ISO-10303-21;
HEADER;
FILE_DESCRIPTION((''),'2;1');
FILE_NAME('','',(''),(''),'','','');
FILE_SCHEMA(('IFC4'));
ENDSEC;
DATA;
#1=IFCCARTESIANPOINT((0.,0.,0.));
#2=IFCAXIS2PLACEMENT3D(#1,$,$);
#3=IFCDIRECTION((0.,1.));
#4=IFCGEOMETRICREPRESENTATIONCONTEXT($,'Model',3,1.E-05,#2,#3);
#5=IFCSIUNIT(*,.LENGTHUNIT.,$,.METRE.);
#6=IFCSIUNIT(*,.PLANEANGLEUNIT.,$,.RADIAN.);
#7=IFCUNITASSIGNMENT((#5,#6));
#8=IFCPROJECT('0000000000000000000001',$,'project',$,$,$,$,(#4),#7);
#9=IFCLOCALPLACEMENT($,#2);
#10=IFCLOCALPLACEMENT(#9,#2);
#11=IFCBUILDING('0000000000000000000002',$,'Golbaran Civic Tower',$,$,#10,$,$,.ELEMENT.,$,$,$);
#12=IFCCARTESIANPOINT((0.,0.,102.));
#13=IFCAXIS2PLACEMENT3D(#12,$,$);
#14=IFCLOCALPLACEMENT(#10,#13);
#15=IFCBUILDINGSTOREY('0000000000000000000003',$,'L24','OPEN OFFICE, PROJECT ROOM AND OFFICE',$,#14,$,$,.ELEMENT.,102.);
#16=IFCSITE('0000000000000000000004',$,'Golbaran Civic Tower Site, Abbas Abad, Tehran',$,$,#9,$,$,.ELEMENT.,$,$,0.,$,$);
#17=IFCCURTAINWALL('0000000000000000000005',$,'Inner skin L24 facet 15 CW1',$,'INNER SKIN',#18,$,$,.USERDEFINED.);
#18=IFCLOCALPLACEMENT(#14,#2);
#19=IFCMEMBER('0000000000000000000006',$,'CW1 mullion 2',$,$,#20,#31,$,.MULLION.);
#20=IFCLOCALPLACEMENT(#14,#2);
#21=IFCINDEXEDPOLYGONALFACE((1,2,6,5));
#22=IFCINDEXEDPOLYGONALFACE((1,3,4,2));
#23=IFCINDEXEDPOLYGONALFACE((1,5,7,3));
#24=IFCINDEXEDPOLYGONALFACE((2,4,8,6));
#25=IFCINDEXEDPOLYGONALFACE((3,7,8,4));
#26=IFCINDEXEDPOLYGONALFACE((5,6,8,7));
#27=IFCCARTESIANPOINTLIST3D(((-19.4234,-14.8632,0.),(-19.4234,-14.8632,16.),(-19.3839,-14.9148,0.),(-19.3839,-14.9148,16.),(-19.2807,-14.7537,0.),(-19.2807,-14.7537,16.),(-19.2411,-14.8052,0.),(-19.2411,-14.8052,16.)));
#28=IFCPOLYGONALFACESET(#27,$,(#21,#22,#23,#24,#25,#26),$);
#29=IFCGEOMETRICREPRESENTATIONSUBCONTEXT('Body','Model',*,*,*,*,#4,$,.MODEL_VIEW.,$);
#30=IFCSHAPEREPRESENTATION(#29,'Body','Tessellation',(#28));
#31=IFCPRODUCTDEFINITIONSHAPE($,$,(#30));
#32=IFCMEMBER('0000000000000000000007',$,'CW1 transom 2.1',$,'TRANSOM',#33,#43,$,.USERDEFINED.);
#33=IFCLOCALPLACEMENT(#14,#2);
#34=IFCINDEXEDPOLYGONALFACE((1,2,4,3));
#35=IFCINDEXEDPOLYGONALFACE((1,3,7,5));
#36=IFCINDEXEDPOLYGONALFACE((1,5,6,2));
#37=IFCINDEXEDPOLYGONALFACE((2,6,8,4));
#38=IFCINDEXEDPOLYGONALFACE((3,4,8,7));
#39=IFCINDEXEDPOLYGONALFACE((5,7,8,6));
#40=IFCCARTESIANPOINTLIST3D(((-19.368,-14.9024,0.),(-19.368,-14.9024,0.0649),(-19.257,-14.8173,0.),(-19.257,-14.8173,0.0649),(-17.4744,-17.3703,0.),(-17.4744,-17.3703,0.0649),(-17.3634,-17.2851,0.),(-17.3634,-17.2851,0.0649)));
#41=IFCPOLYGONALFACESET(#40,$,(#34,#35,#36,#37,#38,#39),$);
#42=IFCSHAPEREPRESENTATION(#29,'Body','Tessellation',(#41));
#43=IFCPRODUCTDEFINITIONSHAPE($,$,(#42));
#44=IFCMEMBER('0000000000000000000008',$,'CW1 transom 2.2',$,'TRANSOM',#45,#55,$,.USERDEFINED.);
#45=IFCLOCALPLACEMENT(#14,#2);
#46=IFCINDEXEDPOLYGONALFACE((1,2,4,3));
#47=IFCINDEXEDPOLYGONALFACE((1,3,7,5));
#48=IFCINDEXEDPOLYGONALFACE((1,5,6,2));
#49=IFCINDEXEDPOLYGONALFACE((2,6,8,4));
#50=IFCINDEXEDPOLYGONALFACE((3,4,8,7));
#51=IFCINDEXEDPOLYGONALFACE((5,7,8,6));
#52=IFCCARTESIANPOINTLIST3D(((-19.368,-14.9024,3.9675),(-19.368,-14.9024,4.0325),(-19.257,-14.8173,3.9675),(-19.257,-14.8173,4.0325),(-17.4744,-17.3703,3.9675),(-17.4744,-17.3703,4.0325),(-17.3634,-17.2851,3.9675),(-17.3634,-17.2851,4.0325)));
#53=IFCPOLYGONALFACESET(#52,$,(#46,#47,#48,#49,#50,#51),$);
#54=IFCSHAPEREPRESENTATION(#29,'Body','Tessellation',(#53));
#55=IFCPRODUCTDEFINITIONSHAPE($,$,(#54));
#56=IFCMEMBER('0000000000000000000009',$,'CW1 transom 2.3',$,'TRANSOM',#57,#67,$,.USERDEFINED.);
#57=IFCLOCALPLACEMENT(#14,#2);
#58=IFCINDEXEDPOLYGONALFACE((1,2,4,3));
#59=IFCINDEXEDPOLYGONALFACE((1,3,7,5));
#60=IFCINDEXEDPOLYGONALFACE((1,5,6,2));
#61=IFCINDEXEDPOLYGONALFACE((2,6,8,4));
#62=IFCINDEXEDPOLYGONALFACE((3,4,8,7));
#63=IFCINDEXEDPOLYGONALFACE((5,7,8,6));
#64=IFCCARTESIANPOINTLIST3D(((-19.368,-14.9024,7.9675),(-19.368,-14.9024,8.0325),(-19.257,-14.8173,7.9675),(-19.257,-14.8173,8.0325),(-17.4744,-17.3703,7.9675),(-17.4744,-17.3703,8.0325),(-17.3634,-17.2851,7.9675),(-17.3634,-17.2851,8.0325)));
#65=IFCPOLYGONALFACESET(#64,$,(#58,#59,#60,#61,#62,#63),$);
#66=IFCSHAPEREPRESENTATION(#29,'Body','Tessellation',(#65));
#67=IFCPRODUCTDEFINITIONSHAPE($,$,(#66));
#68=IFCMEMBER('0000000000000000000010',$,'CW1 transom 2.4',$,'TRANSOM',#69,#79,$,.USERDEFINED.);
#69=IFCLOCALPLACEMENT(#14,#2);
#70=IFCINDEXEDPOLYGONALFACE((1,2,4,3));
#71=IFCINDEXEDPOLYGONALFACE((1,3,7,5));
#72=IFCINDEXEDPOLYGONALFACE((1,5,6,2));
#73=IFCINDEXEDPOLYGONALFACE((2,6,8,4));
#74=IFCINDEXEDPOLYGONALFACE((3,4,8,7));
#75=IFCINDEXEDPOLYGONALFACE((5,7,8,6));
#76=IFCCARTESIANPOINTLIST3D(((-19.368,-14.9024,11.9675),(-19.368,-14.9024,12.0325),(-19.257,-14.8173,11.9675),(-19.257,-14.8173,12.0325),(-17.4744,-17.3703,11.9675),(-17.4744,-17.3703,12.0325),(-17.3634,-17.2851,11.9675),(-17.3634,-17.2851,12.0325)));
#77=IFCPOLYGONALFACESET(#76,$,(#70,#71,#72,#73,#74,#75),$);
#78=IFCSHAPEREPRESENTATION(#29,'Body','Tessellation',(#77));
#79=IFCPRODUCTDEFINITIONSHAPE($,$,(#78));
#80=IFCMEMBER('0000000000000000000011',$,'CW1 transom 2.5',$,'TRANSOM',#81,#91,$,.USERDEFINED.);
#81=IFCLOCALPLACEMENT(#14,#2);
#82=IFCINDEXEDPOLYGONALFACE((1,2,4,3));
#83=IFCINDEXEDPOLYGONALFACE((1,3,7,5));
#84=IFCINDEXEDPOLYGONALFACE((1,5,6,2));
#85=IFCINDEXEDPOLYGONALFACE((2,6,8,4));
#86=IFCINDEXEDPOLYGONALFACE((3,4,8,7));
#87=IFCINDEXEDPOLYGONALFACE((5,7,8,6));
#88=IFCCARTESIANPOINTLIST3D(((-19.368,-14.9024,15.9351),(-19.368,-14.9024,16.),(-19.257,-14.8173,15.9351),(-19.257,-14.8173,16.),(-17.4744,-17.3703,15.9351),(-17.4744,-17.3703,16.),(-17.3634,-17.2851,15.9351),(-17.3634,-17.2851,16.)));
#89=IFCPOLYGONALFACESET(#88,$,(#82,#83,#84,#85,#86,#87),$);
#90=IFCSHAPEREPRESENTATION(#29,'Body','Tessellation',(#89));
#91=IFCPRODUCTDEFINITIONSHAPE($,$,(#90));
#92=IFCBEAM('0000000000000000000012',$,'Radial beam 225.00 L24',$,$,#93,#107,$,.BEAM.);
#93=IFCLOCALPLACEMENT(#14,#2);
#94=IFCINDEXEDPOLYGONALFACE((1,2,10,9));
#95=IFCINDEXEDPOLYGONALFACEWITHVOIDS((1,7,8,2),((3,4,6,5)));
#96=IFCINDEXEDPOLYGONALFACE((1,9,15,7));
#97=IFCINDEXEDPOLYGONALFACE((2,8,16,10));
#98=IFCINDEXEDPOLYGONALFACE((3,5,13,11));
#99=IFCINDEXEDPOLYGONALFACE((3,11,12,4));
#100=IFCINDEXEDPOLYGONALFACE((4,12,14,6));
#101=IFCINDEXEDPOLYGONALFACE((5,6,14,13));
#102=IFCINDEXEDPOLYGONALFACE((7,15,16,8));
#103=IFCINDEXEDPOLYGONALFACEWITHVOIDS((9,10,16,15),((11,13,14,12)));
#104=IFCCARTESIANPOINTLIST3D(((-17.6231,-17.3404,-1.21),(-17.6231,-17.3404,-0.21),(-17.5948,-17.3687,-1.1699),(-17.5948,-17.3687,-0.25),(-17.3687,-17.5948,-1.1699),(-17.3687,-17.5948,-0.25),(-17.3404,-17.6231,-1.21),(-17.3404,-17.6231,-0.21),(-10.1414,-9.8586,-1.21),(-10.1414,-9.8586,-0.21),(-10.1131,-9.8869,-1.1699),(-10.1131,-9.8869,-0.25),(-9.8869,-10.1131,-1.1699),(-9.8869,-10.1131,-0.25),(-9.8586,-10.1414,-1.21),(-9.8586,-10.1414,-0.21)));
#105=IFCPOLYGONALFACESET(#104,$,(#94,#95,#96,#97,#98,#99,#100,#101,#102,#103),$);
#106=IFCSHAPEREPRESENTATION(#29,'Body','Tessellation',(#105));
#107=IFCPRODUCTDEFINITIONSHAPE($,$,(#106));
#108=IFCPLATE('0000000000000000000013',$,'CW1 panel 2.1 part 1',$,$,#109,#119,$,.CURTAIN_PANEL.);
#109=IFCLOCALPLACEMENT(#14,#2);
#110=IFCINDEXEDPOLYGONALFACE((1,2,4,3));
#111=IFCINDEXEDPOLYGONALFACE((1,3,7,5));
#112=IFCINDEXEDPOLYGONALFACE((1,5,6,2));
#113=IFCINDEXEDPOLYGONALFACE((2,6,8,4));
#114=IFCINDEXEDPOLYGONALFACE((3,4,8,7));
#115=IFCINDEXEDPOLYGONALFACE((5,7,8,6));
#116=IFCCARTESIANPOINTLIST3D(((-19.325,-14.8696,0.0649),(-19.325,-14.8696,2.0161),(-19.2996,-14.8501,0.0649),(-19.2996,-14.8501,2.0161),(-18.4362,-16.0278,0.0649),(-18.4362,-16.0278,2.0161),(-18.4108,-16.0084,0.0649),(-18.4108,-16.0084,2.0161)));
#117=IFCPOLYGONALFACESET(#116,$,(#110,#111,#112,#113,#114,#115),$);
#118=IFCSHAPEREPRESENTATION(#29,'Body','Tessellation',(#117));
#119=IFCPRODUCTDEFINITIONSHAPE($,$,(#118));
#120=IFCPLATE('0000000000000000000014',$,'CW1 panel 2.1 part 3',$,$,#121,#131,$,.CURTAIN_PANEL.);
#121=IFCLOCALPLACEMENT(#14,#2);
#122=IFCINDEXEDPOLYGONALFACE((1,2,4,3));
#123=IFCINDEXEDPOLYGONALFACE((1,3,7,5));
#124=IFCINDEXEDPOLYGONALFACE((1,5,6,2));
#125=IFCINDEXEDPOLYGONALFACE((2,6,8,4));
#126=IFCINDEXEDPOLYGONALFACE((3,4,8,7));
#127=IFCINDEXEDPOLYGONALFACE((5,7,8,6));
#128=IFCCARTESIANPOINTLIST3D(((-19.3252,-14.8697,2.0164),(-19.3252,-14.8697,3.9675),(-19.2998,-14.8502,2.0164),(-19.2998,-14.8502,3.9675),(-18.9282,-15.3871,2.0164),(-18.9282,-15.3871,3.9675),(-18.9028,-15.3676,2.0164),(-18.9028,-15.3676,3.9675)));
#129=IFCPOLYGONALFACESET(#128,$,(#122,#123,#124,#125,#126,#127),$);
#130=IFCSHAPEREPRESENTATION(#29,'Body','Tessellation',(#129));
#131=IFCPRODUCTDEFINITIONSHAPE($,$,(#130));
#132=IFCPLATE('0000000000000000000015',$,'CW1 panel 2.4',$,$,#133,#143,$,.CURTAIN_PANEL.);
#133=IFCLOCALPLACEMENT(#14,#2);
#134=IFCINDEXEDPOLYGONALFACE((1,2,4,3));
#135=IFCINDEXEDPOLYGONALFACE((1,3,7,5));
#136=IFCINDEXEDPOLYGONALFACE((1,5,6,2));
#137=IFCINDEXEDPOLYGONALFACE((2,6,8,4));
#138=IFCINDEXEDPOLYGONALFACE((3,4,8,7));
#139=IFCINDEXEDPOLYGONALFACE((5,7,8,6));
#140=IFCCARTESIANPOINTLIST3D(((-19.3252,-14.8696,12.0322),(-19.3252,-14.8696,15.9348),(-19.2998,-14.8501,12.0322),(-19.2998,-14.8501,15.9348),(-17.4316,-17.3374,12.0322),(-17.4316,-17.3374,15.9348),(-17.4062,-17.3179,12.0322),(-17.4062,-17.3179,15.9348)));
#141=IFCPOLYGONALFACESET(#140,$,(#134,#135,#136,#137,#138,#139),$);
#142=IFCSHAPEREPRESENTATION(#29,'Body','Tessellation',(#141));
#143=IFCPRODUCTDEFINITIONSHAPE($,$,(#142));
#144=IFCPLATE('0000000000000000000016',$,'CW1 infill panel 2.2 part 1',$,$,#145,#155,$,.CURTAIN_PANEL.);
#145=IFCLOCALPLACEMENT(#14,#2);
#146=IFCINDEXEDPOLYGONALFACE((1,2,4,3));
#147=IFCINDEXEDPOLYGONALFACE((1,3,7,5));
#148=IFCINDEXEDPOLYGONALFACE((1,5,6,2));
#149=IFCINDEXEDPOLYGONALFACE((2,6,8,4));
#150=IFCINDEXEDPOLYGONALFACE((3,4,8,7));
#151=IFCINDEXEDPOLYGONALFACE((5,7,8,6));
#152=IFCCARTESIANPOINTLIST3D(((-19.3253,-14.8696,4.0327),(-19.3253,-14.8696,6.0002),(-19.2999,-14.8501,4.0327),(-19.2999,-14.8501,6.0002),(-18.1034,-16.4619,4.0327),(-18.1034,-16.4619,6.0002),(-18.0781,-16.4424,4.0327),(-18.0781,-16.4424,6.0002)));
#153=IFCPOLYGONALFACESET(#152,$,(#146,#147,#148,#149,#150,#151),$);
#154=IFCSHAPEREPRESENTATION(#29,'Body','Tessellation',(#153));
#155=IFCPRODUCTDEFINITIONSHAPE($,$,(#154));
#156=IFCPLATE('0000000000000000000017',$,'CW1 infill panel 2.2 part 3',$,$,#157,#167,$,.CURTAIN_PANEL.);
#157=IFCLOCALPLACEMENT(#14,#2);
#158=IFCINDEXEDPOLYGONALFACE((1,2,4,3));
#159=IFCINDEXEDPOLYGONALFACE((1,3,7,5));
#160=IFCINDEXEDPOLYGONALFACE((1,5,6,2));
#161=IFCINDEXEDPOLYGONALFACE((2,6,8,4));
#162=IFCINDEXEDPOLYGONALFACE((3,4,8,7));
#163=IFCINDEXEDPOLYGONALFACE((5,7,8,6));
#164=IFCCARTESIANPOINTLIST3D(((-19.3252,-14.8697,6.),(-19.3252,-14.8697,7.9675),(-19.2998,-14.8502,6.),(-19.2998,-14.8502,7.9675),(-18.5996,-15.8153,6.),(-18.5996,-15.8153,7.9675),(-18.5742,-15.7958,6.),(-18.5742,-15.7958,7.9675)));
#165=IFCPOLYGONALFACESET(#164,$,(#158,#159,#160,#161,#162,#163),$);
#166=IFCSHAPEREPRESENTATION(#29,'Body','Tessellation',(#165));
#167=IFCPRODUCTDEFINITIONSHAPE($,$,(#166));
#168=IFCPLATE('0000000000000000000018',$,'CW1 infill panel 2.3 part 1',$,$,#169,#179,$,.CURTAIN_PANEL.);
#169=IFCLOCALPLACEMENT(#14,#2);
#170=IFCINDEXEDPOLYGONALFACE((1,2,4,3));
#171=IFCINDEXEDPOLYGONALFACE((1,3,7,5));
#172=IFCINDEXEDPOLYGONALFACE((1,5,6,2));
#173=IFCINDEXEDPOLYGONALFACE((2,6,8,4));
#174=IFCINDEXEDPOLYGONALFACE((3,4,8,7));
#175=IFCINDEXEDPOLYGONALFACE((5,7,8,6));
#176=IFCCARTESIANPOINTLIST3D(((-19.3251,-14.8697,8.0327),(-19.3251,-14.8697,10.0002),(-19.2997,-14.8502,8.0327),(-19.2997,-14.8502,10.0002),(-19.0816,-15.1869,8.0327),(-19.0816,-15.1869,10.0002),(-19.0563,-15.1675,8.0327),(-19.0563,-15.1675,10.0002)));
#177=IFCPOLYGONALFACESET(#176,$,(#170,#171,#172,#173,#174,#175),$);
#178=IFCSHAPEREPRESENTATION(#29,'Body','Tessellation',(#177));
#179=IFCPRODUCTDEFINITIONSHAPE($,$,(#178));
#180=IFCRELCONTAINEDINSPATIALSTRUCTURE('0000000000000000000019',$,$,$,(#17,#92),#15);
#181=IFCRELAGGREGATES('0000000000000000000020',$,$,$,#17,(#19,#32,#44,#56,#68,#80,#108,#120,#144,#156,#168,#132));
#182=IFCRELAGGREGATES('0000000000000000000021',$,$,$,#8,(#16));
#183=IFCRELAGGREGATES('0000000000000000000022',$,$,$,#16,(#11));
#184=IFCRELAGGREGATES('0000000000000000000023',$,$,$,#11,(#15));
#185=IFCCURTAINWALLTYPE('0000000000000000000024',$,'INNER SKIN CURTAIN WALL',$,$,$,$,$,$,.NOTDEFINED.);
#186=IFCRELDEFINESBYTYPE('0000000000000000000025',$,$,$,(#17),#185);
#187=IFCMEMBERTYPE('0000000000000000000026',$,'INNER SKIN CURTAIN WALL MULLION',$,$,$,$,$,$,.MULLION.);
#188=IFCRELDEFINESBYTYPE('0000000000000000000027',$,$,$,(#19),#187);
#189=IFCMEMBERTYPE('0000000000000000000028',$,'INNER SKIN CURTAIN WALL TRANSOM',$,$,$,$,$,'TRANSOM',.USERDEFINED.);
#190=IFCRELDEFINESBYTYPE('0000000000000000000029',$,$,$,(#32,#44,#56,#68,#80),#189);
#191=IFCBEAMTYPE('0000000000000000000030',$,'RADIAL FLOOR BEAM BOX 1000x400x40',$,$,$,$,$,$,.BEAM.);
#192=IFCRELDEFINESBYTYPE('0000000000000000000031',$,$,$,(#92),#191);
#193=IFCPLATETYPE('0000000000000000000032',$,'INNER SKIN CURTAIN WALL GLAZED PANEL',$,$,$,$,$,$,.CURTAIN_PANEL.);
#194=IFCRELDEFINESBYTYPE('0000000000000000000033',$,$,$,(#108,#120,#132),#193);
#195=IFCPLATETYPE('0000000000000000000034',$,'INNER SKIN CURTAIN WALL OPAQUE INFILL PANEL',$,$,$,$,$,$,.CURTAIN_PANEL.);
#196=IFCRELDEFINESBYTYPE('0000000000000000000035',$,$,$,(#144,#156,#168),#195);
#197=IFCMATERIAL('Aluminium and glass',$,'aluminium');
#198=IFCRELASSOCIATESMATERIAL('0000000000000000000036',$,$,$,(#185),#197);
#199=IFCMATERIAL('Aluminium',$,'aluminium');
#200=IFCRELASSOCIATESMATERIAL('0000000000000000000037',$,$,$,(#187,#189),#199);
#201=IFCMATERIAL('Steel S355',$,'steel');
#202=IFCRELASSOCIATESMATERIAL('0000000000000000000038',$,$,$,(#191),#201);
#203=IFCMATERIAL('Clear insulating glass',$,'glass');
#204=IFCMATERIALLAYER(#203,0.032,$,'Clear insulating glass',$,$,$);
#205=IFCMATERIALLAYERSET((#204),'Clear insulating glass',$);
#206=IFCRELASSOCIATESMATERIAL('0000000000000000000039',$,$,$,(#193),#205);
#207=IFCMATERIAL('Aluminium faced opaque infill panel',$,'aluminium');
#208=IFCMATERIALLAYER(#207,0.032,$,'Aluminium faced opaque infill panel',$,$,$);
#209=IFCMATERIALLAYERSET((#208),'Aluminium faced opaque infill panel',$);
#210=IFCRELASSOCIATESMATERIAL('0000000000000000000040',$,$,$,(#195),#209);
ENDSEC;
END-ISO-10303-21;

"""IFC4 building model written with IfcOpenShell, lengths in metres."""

from ifc_helpers import new_model, si_unit, direction, frame, origin, origin_2d, place, context, subcontext, project, spatial, rectangle, hollow_rectangle, extrude, material, layer, layer_set, material_profile, profile_set, type_object, element, aggregate, save


model = new_model("IFC4")

# Units and contexts
model_context = context("Model", 3, precision=1e-05, world=origin(), true_north=direction((0.0, 1.0)))
body_context = subcontext(model_context, "Body", "Model", "MODEL_VIEW")
ifc_project = project(units=[si_unit("LENGTHUNIT", "METRE"), si_unit("PLANEANGLEUNIT", "RADIAN")], contexts=[model_context])

# Site, building, storey
site_placement = place(None, origin())
site = spatial("IfcSite", under=ifc_project, at=site_placement, Name="Golbaran Civic Tower Site, Abbas Abad, Tehran", CompositionType="ELEMENT", RefElevation=0.0)
building_placement = place(site_placement, origin())
building = spatial("IfcBuilding", under=site, at=building_placement, Name="Golbaran Civic Tower", CompositionType="ELEMENT")
storey_placement = place(building_placement, frame((0.0, 0.0, 102.0)))
storey = spatial("IfcBuildingStorey", under=building, at=storey_placement, Name="L24", Description="OPEN OFFICE, PROJECT ROOM AND OFFICE", CompositionType="ELEMENT", Elevation=102.0)

# Shared definitions
ifc_material_1 = material(Name="Steel S355", Category="steel")

# Curtain wall, members
ifc_material_2 = material(Name="Aluminium and glass", Category="aluminium")
curtain_wall_type = type_object("IfcCurtainWallType", Name="INNER SKIN CURTAIN WALL", PredefinedType="NOTDEFINED", material=ifc_material_2)
curtain_wall_placement = place(storey_placement, origin())
curtain_wall = element("IfcCurtainWall", 1, at=curtain_wall_placement, inside=storey, type_object=curtain_wall_type, Name="Inner skin L24 facet 15 CW1", ObjectType="INNER SKIN", PredefinedType="USERDEFINED")
ifc_material_3 = material(Name="Aluminium", Category="aluminium")
ifc_material_profile_1 = material_profile(ifc_material_3, rectangle(XDim=0.1799, YDim=0.0649, at=origin_2d()), Name="INNER SKIN CURTAIN WALL MULLION")
ifc_profile_set_1 = profile_set([ifc_material_profile_1], Name="Aluminium")
member_type_1 = type_object("IfcMemberType", Name="INNER SKIN CURTAIN WALL MULLION", PredefinedType="MULLION", material=ifc_profile_set_1)
member_1_placement = place(storey_placement, frame((-19.3323, -14.8342, 0.0), z_axis=(0.0, 0.0, 1.0), x_axis=(0.793353, 0.608761, 0.0)))
member_1 = element("IfcMember", 2, at=member_1_placement, type_object=member_type_1, Name="CW1 mullion 2", PredefinedType="MULLION", context=body_context, shape_type="SweptSolid", body=[
    extrude(rectangle(XDim=0.1799, YDim=0.0649, at=origin_2d()), origin(), (0.0, 0.0, 1.0), 16.0),
])
ifc_material_profile_2 = material_profile(ifc_material_3, rectangle(XDim=0.1399, YDim=0.0649, at=origin_2d()), Name="INNER SKIN CURTAIN WALL TRANSOM")
ifc_profile_set_2 = profile_set([ifc_material_profile_2], Name="Aluminium")
member_type_2 = type_object("IfcMemberType", Name="INNER SKIN CURTAIN WALL TRANSOM", ElementType="TRANSOM", PredefinedType="USERDEFINED", material=ifc_profile_set_2)
member_2_placement = place(storey_placement, frame((-19.3125, -14.8599, 0.0325), z_axis=(0.608754, -0.793359, 0.0), x_axis=(0.793359, 0.608754, 0.0)))
member_2 = element("IfcMember", 3, at=member_2_placement, type_object=member_type_2, Name="CW1 transom 2.1", ObjectType="TRANSOM", PredefinedType="USERDEFINED", context=body_context, shape_type="SweptSolid", body=[
    extrude(rectangle(XDim=0.1399, YDim=0.0649, at=origin_2d()), origin(), (0.0, 0.0, 1.0), 3.1106),
])
member_3_placement = place(storey_placement, frame((-19.3125, -14.8599, 4.0), z_axis=(0.608754, -0.793359, 0.0), x_axis=(0.793359, 0.608754, 0.0)))
member_3 = element("IfcMember", 4, at=member_3_placement, type_object=member_type_2, Name="CW1 transom 2.2", ObjectType="TRANSOM", PredefinedType="USERDEFINED", context=body_context, shape_type="SweptSolid", body=[
    extrude(rectangle(XDim=0.1399, YDim=0.0649, at=origin_2d()), origin(), (0.0, 0.0, 1.0), 3.1106),
])
member_4_placement = place(storey_placement, frame((-19.3125, -14.8599, 8.0), z_axis=(0.608754, -0.793359, 0.0), x_axis=(0.793359, 0.608754, 0.0)))
member_4 = element("IfcMember", 5, at=member_4_placement, type_object=member_type_2, Name="CW1 transom 2.3", ObjectType="TRANSOM", PredefinedType="USERDEFINED", context=body_context, shape_type="SweptSolid", body=[
    extrude(rectangle(XDim=0.1399, YDim=0.0649, at=origin_2d()), origin(), (0.0, 0.0, 1.0), 3.1106),
])
member_5_placement = place(storey_placement, frame((-19.3125, -14.8599, 12.0), z_axis=(0.608754, -0.793359, 0.0), x_axis=(0.793359, 0.608754, 0.0)))
member_5 = element("IfcMember", 6, at=member_5_placement, type_object=member_type_2, Name="CW1 transom 2.4", ObjectType="TRANSOM", PredefinedType="USERDEFINED", context=body_context, shape_type="SweptSolid", body=[
    extrude(rectangle(XDim=0.1399, YDim=0.0649, at=origin_2d()), origin(), (0.0, 0.0, 1.0), 3.1106),
])
member_6_placement = place(storey_placement, frame((-19.3125, -14.8599, 15.9675), z_axis=(0.608754, -0.793359, 0.0), x_axis=(0.793359, 0.608754, 0.0)))
member_6 = element("IfcMember", 7, at=member_6_placement, type_object=member_type_2, Name="CW1 transom 2.5", ObjectType="TRANSOM", PredefinedType="USERDEFINED", context=body_context, shape_type="SweptSolid", body=[
    extrude(rectangle(XDim=0.1399, YDim=0.0649, at=origin_2d()), origin(), (0.0, 0.0, 1.0), 3.1106),
])

# Beam
ifc_material_profile_3 = material_profile(ifc_material_1, hollow_rectangle(XDim=0.3999, YDim=1.0, WallThickness=0.04, at=origin_2d()), Name="BOX 1000x400x40")
ifc_profile_set_3 = profile_set([ifc_material_profile_3], Name="Steel S355")
beam_type_1 = type_object("IfcBeamType", Name="RADIAL FLOOR BEAM BOX 1000x400x40", PredefinedType="BEAM", material=ifc_profile_set_3)
beam_1_placement = place(storey_placement, frame((-10.0, -10.0, -0.71), z_axis=(-0.707107, -0.707107, 0.0), x_axis=(0.707107, -0.707107, 0.0)))
element("IfcBeam", 8, at=beam_1_placement, inside=storey, type_object=beam_type_1, Name="Radial beam 225.00 L24", PredefinedType="BEAM", context=body_context, shape_type="SweptSolid", body=[
    extrude(hollow_rectangle(XDim=0.3999, YDim=1.0, WallThickness=0.04, at=origin_2d()), origin(), (0.0, 0.0, 1.0), 10.5808),
])

# Plates
ifc_material_4 = material(Name="Clear insulating glass", Category="glass")
ifc_layer_1 = layer(ifc_material_4, 0.032, Name="Clear insulating glass")
ifc_layer_set_1 = layer_set([ifc_layer_1], Name="Clear insulating glass")
plate_type_1 = type_object("IfcPlateType", Name="INNER SKIN CURTAIN WALL GLAZED PANEL", PredefinedType="CURTAIN_PANEL", material=ifc_layer_set_1)
plate_1_placement = place(storey_placement, frame((-18.8679, -15.439, 0.0649), z_axis=(0.0, 0.0, 1.0), x_axis=(0.608761, -0.793353, 0.0)))
plate_1 = element("IfcPlate", 9, at=plate_1_placement, type_object=plate_type_1, Name="CW1 panel 2.1 part 1", PredefinedType="CURTAIN_PANEL", context=body_context, shape_type="SweptSolid", body=[
    extrude(rectangle(XDim=1.46, YDim=0.032, at=origin_2d()), origin(), (0.0, 0.0, 1.0), 1.9512),
])
plate_2_placement = place(storey_placement, frame((-19.114, -15.1187, 2.0164), z_axis=(0.0, 0.0, 1.0), x_axis=(0.608761, -0.793353, 0.0)))
plate_2 = element("IfcPlate", 10, at=plate_2_placement, type_object=plate_type_1, Name="CW1 panel 2.1 part 3", PredefinedType="CURTAIN_PANEL", context=body_context, shape_type="SweptSolid", body=[
    extrude(rectangle(XDim=0.6521, YDim=0.032, at=origin_2d()), origin(), (0.0, 0.0, 1.0), 1.9512),
])
plate_3_placement = place(storey_placement, frame((-18.3657, -16.0938, 12.0322), z_axis=(0.0, 0.0, 1.0), x_axis=(0.608761, -0.793353, 0.0)))
plate_3 = element("IfcPlate", 11, at=plate_3_placement, type_object=plate_type_1, Name="CW1 panel 2.4", PredefinedType="CURTAIN_PANEL", context=body_context, shape_type="SweptSolid", body=[
    extrude(rectangle(XDim=3.1106, YDim=0.032, at=origin_2d()), origin(), (0.0, 0.0, 1.0), 3.9026),
])
ifc_material_5 = material(Name="Aluminium faced opaque infill panel", Category="aluminium")
ifc_layer_2 = layer(ifc_material_5, 0.032, Name="Aluminium faced opaque infill panel")
ifc_layer_set_2 = layer_set([ifc_layer_2], Name="Aluminium faced opaque infill panel")
plate_type_2 = type_object("IfcPlateType", Name="INNER SKIN CURTAIN WALL OPAQUE INFILL PANEL", PredefinedType="CURTAIN_PANEL", material=ifc_layer_set_2)
plate_4_placement = place(storey_placement, frame((-18.7017, -15.656, 4.0327), z_axis=(0.0, 0.0, 1.0), x_axis=(0.608761, -0.793353, 0.0)))
plate_4 = element("IfcPlate", 12, at=plate_4_placement, type_object=plate_type_2, Name="CW1 infill panel 2.2 part 1", PredefinedType="CURTAIN_PANEL", context=body_context, shape_type="SweptSolid", body=[
    extrude(rectangle(XDim=2.0071, YDim=0.032, at=origin_2d()), origin(), (0.0, 0.0, 1.0), 1.9675),
])
plate_5_placement = place(storey_placement, frame((-18.9497, -15.3328, 6.0), z_axis=(0.0, 0.0, 1.0), x_axis=(0.608761, -0.793353, 0.0)))
plate_5 = element("IfcPlate", 13, at=plate_5_placement, type_object=plate_type_2, Name="CW1 infill panel 2.2 part 3", PredefinedType="CURTAIN_PANEL", context=body_context, shape_type="SweptSolid", body=[
    extrude(rectangle(XDim=1.1919, YDim=0.032, at=origin_2d()), origin(), (0.0, 0.0, 1.0), 1.9675),
])
plate_6_placement = place(storey_placement, frame((-19.1907, -15.0186, 8.0327), z_axis=(0.0, 0.0, 1.0), x_axis=(0.608761, -0.793353, 0.0)))
plate_6 = element("IfcPlate", 14, at=plate_6_placement, type_object=plate_type_2, Name="CW1 infill panel 2.3 part 1", PredefinedType="CURTAIN_PANEL", context=body_context, shape_type="SweptSolid", body=[
    extrude(rectangle(XDim=0.3999, YDim=0.032, at=origin_2d()), origin(), (0.0, 0.0, 1.0), 1.9675),
])
aggregate(curtain_wall, [member_1, member_2, member_3, member_4, member_5, member_6, plate_1, plate_2, plate_4, plate_5, plate_6, plate_3])

save(model, "model.ifc")
